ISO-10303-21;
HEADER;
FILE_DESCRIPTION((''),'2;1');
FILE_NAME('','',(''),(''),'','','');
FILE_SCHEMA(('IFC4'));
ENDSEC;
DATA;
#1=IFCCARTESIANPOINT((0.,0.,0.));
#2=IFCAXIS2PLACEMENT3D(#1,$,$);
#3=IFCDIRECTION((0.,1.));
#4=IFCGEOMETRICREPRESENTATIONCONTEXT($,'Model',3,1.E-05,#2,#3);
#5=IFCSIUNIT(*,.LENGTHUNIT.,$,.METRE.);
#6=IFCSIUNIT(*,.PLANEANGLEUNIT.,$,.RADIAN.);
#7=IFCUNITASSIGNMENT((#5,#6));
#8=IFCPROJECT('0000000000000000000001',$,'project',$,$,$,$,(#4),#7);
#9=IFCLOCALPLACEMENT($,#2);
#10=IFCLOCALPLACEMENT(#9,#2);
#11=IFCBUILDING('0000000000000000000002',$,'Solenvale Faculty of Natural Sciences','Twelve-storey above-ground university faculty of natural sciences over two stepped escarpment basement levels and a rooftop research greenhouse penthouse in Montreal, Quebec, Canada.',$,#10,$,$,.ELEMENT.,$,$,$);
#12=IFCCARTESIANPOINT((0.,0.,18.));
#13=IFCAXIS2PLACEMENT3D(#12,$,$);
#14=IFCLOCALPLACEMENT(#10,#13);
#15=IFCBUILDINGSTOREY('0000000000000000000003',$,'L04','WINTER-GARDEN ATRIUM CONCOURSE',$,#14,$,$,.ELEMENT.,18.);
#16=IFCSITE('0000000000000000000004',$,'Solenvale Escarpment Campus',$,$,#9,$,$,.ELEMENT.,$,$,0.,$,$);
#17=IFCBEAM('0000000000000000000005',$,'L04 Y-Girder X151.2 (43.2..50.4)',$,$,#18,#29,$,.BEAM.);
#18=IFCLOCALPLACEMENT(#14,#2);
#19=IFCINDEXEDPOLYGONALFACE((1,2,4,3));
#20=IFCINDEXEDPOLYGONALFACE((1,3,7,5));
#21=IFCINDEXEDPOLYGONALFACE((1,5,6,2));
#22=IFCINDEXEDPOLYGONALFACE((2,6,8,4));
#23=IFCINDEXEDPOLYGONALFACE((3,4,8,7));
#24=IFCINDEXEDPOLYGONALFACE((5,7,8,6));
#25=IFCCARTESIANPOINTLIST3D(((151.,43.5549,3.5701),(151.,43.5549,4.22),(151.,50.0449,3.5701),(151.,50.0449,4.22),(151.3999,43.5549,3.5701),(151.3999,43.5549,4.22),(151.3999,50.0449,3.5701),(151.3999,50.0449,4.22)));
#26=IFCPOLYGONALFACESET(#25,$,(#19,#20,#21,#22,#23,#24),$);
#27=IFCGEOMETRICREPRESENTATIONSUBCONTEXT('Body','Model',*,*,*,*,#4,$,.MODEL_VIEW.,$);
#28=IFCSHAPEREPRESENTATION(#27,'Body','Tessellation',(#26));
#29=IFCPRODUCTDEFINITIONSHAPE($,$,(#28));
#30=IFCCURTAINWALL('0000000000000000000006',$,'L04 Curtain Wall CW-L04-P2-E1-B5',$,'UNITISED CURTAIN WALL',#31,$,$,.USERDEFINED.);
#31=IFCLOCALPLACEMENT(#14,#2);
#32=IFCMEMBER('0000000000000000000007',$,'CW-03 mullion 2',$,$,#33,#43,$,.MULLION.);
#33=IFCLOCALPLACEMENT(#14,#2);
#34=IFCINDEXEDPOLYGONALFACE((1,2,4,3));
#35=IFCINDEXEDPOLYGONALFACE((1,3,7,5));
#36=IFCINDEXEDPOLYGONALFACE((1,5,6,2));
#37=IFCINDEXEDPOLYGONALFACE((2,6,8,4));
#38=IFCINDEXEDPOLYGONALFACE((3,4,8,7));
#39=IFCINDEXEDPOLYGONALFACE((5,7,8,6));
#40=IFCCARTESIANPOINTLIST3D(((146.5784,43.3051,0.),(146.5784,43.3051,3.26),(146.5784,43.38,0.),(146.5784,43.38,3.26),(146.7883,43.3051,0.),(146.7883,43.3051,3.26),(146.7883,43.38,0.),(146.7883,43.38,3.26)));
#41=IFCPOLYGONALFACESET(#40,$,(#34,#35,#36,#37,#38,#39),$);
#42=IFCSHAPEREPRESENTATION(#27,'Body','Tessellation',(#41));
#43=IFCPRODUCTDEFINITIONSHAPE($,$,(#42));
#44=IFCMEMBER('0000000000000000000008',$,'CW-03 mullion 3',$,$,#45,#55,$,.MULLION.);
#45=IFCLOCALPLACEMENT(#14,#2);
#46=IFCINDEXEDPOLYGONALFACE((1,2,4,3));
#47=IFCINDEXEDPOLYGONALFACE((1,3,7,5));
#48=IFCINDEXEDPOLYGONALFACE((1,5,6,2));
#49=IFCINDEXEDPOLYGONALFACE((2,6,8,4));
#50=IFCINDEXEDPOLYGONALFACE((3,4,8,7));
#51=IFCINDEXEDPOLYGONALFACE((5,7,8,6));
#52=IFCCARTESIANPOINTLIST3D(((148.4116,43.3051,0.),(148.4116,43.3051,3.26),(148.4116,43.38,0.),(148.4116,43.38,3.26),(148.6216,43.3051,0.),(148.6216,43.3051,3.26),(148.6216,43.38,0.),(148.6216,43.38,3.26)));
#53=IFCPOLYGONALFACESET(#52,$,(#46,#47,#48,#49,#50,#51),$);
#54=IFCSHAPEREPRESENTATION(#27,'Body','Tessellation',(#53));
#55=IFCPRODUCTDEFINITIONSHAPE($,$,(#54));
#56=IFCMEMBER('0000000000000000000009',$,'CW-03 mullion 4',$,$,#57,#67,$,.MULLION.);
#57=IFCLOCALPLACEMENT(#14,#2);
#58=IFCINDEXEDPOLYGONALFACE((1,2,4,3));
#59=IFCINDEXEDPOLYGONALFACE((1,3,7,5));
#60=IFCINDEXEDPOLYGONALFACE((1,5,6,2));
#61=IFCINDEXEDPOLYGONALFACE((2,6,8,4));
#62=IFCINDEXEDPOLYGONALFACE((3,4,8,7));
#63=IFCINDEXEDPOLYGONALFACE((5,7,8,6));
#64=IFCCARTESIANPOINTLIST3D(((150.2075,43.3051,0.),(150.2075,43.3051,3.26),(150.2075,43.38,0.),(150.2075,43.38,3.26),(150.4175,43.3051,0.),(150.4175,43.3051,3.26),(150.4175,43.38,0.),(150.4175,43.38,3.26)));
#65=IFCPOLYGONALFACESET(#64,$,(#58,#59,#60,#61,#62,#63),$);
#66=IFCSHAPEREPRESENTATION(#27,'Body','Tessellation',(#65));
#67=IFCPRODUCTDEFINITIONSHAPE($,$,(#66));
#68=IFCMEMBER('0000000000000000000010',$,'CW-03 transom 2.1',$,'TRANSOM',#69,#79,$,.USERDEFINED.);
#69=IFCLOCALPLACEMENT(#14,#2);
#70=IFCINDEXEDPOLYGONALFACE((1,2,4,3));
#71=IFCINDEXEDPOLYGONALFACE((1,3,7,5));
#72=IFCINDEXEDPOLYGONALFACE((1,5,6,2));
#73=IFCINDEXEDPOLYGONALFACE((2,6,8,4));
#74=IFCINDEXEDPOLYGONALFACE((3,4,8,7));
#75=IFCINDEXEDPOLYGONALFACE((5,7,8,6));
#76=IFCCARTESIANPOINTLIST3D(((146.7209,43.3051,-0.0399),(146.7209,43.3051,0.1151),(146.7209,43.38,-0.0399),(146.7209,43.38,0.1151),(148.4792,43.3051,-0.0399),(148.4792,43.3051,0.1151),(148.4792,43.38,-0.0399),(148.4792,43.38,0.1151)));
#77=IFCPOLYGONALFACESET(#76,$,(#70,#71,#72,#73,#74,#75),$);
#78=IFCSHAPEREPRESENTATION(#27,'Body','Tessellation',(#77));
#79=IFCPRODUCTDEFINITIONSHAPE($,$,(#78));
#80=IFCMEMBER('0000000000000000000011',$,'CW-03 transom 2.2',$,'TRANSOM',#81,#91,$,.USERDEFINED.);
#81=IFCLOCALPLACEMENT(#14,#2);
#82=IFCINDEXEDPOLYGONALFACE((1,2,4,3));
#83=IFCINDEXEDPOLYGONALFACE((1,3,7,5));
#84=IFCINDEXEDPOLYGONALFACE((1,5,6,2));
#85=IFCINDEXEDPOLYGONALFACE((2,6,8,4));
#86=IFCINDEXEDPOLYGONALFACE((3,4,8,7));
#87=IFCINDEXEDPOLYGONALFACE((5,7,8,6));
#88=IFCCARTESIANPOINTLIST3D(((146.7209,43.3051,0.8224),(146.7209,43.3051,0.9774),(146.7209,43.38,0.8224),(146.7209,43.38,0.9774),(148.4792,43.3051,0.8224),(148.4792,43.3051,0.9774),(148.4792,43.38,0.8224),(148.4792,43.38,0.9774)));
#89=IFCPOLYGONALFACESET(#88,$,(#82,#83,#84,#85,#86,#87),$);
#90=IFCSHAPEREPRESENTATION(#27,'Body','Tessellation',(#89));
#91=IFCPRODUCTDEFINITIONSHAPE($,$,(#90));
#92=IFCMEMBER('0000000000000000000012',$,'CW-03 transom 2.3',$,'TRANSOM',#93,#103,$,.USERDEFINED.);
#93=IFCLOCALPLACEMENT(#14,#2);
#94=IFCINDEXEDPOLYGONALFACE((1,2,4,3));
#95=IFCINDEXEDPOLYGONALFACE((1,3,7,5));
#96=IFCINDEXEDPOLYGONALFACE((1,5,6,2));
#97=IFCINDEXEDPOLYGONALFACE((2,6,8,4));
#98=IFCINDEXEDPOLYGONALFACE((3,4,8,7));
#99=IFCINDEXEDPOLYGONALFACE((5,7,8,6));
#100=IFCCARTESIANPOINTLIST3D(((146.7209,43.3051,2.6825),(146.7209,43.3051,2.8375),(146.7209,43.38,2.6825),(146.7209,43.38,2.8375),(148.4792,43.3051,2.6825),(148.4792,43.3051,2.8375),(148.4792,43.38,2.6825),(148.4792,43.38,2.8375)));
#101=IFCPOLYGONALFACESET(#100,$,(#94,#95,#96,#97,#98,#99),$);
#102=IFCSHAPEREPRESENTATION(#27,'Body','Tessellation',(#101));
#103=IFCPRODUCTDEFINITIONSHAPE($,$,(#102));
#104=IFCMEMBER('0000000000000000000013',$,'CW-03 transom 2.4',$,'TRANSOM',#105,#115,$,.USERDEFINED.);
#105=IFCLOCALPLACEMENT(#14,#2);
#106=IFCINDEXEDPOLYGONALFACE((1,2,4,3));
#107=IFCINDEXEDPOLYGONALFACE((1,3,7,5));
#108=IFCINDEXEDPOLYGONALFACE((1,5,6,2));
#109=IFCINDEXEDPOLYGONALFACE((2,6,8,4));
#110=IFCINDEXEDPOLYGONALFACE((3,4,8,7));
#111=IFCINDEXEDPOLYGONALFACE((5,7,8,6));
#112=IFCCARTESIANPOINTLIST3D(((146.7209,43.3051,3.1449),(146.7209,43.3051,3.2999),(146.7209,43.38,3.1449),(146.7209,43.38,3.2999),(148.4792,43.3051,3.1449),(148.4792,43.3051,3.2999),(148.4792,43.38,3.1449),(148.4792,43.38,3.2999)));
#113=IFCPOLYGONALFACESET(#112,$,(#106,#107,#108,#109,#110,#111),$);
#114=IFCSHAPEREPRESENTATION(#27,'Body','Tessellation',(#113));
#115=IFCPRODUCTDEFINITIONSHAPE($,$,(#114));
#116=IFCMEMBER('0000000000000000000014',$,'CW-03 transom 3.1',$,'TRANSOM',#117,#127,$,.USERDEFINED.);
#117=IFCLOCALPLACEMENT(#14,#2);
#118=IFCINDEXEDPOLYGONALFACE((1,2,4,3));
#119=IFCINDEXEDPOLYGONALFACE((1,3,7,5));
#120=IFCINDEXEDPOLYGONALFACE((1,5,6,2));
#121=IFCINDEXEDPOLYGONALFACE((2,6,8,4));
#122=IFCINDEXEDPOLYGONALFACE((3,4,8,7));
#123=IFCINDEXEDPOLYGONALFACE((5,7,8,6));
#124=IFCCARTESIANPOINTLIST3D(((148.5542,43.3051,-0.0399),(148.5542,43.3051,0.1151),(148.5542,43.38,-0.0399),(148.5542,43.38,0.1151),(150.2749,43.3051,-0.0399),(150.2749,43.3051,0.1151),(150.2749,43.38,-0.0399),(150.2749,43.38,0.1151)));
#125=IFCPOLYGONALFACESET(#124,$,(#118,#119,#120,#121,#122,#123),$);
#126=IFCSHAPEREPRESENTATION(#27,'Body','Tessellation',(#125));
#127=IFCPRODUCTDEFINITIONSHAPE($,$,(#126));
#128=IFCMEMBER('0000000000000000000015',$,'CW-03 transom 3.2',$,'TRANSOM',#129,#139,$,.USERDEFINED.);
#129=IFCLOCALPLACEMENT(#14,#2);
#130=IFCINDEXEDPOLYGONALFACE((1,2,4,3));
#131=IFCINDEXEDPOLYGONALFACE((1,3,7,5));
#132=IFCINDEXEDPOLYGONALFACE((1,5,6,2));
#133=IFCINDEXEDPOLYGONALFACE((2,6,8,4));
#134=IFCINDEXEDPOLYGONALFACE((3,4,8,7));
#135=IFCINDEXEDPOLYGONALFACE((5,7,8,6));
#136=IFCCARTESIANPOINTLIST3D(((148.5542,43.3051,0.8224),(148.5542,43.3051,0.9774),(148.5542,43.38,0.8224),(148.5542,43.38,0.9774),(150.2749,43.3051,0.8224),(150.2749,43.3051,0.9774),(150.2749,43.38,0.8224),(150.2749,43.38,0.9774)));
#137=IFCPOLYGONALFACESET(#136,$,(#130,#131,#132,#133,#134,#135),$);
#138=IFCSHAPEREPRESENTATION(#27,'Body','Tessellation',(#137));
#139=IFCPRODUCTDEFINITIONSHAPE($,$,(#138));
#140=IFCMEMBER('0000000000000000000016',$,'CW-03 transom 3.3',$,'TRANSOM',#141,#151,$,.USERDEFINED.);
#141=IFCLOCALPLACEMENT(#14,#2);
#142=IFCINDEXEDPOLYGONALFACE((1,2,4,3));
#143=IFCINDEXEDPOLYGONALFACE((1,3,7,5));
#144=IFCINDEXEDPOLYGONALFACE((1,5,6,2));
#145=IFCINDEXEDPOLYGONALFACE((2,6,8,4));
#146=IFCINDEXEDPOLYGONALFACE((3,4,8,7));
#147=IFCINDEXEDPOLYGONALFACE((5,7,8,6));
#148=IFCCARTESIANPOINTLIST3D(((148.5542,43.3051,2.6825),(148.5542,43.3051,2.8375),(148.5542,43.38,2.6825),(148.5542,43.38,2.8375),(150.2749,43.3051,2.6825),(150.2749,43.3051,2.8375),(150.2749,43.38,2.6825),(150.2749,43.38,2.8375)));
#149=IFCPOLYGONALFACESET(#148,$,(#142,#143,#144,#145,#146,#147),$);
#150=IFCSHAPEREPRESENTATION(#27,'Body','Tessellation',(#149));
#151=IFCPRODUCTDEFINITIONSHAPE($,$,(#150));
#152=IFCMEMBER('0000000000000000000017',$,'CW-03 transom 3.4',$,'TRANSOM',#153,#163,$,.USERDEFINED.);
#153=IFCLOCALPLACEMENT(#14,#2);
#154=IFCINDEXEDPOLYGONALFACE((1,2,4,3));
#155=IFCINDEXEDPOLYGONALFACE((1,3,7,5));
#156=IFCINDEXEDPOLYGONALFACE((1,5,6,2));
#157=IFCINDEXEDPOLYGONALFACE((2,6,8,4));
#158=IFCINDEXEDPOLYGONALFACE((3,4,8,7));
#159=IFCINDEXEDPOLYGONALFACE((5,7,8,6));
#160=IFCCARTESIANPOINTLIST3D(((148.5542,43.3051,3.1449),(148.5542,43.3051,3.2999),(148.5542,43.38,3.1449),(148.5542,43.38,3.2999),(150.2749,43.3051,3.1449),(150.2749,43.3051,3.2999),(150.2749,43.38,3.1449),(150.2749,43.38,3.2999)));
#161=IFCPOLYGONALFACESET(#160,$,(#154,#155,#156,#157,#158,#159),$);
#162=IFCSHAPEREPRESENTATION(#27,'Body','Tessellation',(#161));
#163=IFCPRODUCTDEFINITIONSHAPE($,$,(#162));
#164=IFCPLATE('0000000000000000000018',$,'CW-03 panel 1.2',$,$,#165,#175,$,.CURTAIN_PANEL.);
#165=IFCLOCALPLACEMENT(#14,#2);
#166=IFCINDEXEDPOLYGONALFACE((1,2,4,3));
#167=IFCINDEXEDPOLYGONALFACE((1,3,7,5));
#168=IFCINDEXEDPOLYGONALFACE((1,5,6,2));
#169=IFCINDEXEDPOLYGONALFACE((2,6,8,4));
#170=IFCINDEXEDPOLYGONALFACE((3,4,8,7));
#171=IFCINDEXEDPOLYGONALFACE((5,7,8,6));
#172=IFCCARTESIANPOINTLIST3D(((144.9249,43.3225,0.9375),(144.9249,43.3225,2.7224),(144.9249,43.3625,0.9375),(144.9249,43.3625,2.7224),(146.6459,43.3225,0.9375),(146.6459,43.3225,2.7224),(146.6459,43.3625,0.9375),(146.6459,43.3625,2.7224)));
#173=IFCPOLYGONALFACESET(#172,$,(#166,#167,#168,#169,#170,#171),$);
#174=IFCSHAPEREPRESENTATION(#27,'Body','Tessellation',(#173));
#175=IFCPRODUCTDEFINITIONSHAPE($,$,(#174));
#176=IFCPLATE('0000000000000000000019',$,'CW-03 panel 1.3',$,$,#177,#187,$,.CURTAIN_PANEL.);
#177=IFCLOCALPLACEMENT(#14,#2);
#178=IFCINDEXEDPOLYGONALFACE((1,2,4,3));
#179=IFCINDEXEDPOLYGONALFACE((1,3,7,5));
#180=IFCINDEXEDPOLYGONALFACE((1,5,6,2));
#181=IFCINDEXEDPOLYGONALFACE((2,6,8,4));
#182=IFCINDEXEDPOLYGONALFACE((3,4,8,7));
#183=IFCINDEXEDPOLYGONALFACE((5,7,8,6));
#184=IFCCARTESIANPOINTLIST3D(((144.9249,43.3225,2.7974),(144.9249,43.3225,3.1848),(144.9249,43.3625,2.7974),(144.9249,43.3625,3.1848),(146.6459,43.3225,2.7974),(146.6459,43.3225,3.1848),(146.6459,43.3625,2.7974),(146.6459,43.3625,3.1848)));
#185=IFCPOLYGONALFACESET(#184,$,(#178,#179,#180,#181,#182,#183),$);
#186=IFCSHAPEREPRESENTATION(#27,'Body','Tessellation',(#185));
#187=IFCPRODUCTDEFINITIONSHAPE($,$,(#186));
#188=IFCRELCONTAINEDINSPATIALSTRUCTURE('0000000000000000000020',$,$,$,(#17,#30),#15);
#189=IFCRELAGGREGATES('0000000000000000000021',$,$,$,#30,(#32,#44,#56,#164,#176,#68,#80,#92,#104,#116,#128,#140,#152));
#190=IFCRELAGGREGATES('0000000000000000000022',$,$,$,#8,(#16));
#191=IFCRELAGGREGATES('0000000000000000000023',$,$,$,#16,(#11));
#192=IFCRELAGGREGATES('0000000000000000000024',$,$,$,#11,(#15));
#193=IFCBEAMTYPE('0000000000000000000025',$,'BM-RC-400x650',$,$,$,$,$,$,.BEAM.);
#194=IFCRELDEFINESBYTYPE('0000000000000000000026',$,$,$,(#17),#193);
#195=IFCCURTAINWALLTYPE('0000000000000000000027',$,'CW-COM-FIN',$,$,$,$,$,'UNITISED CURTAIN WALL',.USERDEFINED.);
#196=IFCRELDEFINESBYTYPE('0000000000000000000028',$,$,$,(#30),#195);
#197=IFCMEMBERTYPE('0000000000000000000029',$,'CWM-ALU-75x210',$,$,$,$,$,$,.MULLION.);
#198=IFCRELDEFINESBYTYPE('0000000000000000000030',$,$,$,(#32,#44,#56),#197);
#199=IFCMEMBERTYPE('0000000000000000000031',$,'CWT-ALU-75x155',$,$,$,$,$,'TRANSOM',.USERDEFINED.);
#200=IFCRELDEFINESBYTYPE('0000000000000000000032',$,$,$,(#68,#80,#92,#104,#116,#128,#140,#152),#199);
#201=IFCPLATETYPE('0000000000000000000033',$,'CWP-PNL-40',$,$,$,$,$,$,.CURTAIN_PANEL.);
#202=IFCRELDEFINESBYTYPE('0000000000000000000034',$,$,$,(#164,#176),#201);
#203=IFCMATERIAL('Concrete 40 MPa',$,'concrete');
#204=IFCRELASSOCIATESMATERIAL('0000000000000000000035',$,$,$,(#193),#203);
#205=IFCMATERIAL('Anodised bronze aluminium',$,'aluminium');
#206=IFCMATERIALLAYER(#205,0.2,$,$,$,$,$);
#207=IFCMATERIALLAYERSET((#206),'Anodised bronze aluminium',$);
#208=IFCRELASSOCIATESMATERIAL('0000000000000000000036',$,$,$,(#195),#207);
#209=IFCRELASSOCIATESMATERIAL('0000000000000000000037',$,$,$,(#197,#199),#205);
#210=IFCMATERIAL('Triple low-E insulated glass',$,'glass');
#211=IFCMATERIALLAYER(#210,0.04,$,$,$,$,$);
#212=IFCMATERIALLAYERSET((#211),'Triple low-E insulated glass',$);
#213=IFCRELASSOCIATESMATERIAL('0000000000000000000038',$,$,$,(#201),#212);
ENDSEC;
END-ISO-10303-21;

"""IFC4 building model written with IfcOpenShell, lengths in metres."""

from ifc_helpers import new_model, si_unit, direction, frame, origin, origin_2d, place, context, subcontext, project, spatial, rectangle, extrude, material, layer, layer_set, material_profile, profile_set, type_object, element, aggregate, save


model = new_model("IFC4")

# Units and contexts
model_context = context("Model", 3, precision=1e-05, world=origin(), true_north=direction((0.0, 1.0)))
body_context = subcontext(model_context, "Body", "Model", "MODEL_VIEW")
ifc_project = project(units=[si_unit("LENGTHUNIT", "METRE"), si_unit("PLANEANGLEUNIT", "RADIAN")], contexts=[model_context])

# Site, building, storey
site_placement = place(None, origin())
site = spatial("IfcSite", under=ifc_project, at=site_placement, Name="Solenvale Escarpment Campus", CompositionType="ELEMENT", RefElevation=0.0)
building_placement = place(site_placement, origin())
building = spatial("IfcBuilding", under=site, at=building_placement, Name="Solenvale Faculty of Natural Sciences", Description="Twelve-storey above-ground university faculty of natural sciences over two stepped escarpment basement levels and a rooftop research greenhouse penthouse in Montreal, Quebec, Canada.", CompositionType="ELEMENT")
storey_placement = place(building_placement, frame((0.0, 0.0, 18.0)))
storey = spatial("IfcBuildingStorey", under=building, at=storey_placement, Name="L04", Description="WINTER-GARDEN ATRIUM CONCOURSE", CompositionType="ELEMENT", Elevation=18.0)

# Beam
ifc_material_1 = material(Name="Concrete 40 MPa", Category="concrete")
ifc_material_profile_1 = material_profile(ifc_material_1, rectangle(XDim=0.3999, YDim=0.6499, at=origin_2d()), Name="RC-BM-400x650")
ifc_profile_set_1 = profile_set([ifc_material_profile_1], Name="Concrete 40 MPa")
beam_type = type_object("IfcBeamType", Name="BM-RC-400x650", PredefinedType="BEAM", material=ifc_profile_set_1)
beam_placement = place(storey_placement, frame((151.2, 43.5549, 3.895), z_axis=(0.0, 1.0, 0.0), x_axis=(-1.0, 0.0, 0.0)))
element("IfcBeam", 1, at=beam_placement, inside=storey, type_object=beam_type, Name="L04 Y-Girder X151.2 (43.2..50.4)", PredefinedType="BEAM", context=body_context, shape_type="SweptSolid", body=[
    extrude(rectangle(XDim=0.3999, YDim=0.6499, at=origin_2d()), origin(), (0.0, 0.0, 1.0), 6.49),
])

# Curtain wall, members, plates
ifc_material_2 = material(Name="Anodised bronze aluminium", Category="aluminium")
ifc_layer_1 = layer(ifc_material_2, 0.2)
ifc_layer_set_1 = layer_set([ifc_layer_1], Name="Anodised bronze aluminium")
curtain_wall_type = type_object("IfcCurtainWallType", Name="CW-COM-FIN", ElementType="UNITISED CURTAIN WALL", PredefinedType="USERDEFINED", material=ifc_layer_set_1)
curtain_wall_placement = place(storey_placement, origin())
curtain_wall = element("IfcCurtainWall", 2, at=curtain_wall_placement, inside=storey, type_object=curtain_wall_type, Name="L04 Curtain Wall CW-L04-P2-E1-B5", ObjectType="UNITISED CURTAIN WALL", PredefinedType="USERDEFINED")
ifc_material_profile_2 = material_profile(ifc_material_2, rectangle(XDim=0.075, YDim=0.21, at=origin_2d()), Name="ALU-MUL-75x210")
ifc_profile_set_2 = profile_set([ifc_material_profile_2], Name="Anodised bronze aluminium")
member_type_1 = type_object("IfcMemberType", Name="CWM-ALU-75x210", PredefinedType="MULLION", material=ifc_profile_set_2)
member_1_placement = place(storey_placement, frame((146.6833, 43.3425, 0.0), z_axis=(0.0, 0.0, 1.0), x_axis=(0.0, 1.0, 0.0)))
member_1 = element("IfcMember", 3, at=member_1_placement, type_object=member_type_1, Name="CW-03 mullion 2", PredefinedType="MULLION", context=body_context, shape_type="SweptSolid", body=[
    extrude(rectangle(XDim=0.075, YDim=0.21, at=origin_2d()), origin(), (0.0, 0.0, 1.0), 3.26),
])
member_2_placement = place(storey_placement, frame((148.5166, 43.3425, 0.0), z_axis=(0.0, 0.0, 1.0), x_axis=(0.0, 1.0, 0.0)))
member_2 = element("IfcMember", 4, at=member_2_placement, type_object=member_type_1, Name="CW-03 mullion 3", PredefinedType="MULLION", context=body_context, shape_type="SweptSolid", body=[
    extrude(rectangle(XDim=0.075, YDim=0.21, at=origin_2d()), origin(), (0.0, 0.0, 1.0), 3.26),
])
member_3_placement = place(storey_placement, frame((150.3125, 43.3425, 0.0), z_axis=(0.0, 0.0, 1.0), x_axis=(0.0, 1.0, 0.0)))
member_3 = element("IfcMember", 5, at=member_3_placement, type_object=member_type_1, Name="CW-03 mullion 4", PredefinedType="MULLION", context=body_context, shape_type="SweptSolid", body=[
    extrude(rectangle(XDim=0.075, YDim=0.21, at=origin_2d()), origin(), (0.0, 0.0, 1.0), 3.26),
])
ifc_material_profile_3 = material_profile(ifc_material_2, rectangle(XDim=0.075, YDim=0.155, at=origin_2d()), Name="ALU-TRN-75x155")
ifc_profile_set_3 = profile_set([ifc_material_profile_3], Name="Anodised bronze aluminium")
member_type_2 = type_object("IfcMemberType", Name="CWT-ALU-75x155", ElementType="TRANSOM", PredefinedType="USERDEFINED", material=ifc_profile_set_3)
member_4_placement = place(storey_placement, frame((146.7209, 43.3425, 0.0376), z_axis=(1.0, 0.0, 0.0), x_axis=(0.0, 1.0, 0.0)))
member_4 = element("IfcMember", 6, at=member_4_placement, type_object=member_type_2, Name="CW-03 transom 2.1", ObjectType="TRANSOM", PredefinedType="USERDEFINED", context=body_context, shape_type="SweptSolid", body=[
    extrude(rectangle(XDim=0.075, YDim=0.155, at=origin_2d()), origin(), (0.0, 0.0, 1.0), 1.7583),
])
member_5_placement = place(storey_placement, frame((146.7209, 43.3425, 0.8999), z_axis=(1.0, 0.0, 0.0), x_axis=(0.0, 1.0, 0.0)))
member_5 = element("IfcMember", 7, at=member_5_placement, type_object=member_type_2, Name="CW-03 transom 2.2", ObjectType="TRANSOM", PredefinedType="USERDEFINED", context=body_context, shape_type="SweptSolid", body=[
    extrude(rectangle(XDim=0.075, YDim=0.155, at=origin_2d()), origin(), (0.0, 0.0, 1.0), 1.7583),
])
member_6_placement = place(storey_placement, frame((146.7209, 43.3425, 2.76), z_axis=(1.0, 0.0, 0.0), x_axis=(0.0, 1.0, 0.0)))
member_6 = element("IfcMember", 8, at=member_6_placement, type_object=member_type_2, Name="CW-03 transom 2.3", ObjectType="TRANSOM", PredefinedType="USERDEFINED", context=body_context, shape_type="SweptSolid", body=[
    extrude(rectangle(XDim=0.075, YDim=0.155, at=origin_2d()), origin(), (0.0, 0.0, 1.0), 1.7583),
])
member_7_placement = place(storey_placement, frame((146.7209, 43.3425, 3.2224), z_axis=(1.0, 0.0, 0.0), x_axis=(0.0, 1.0, 0.0)))
member_7 = element("IfcMember", 9, at=member_7_placement, type_object=member_type_2, Name="CW-03 transom 2.4", ObjectType="TRANSOM", PredefinedType="USERDEFINED", context=body_context, shape_type="SweptSolid", body=[
    extrude(rectangle(XDim=0.075, YDim=0.155, at=origin_2d()), origin(), (0.0, 0.0, 1.0), 1.7583),
])
member_8_placement = place(storey_placement, frame((148.5542, 43.3425, 0.0376), z_axis=(1.0, 0.0, 0.0), x_axis=(0.0, 1.0, 0.0)))
member_8 = element("IfcMember", 10, at=member_8_placement, type_object=member_type_2, Name="CW-03 transom 3.1", ObjectType="TRANSOM", PredefinedType="USERDEFINED", context=body_context, shape_type="SweptSolid", body=[
    extrude(rectangle(XDim=0.075, YDim=0.155, at=origin_2d()), origin(), (0.0, 0.0, 1.0), 1.7207),
])
member_9_placement = place(storey_placement, frame((148.5542, 43.3425, 0.8999), z_axis=(1.0, 0.0, 0.0), x_axis=(0.0, 1.0, 0.0)))
member_9 = element("IfcMember", 11, at=member_9_placement, type_object=member_type_2, Name="CW-03 transom 3.2", ObjectType="TRANSOM", PredefinedType="USERDEFINED", context=body_context, shape_type="SweptSolid", body=[
    extrude(rectangle(XDim=0.075, YDim=0.155, at=origin_2d()), origin(), (0.0, 0.0, 1.0), 1.7207),
])
member_10_placement = place(storey_placement, frame((148.5542, 43.3425, 2.76), z_axis=(1.0, 0.0, 0.0), x_axis=(0.0, 1.0, 0.0)))
member_10 = element("IfcMember", 12, at=member_10_placement, type_object=member_type_2, Name="CW-03 transom 3.3", ObjectType="TRANSOM", PredefinedType="USERDEFINED", context=body_context, shape_type="SweptSolid", body=[
    extrude(rectangle(XDim=0.075, YDim=0.155, at=origin_2d()), origin(), (0.0, 0.0, 1.0), 1.7207),
])
member_11_placement = place(storey_placement, frame((148.5542, 43.3425, 3.2224), z_axis=(1.0, 0.0, 0.0), x_axis=(0.0, 1.0, 0.0)))
member_11 = element("IfcMember", 13, at=member_11_placement, type_object=member_type_2, Name="CW-03 transom 3.4", ObjectType="TRANSOM", PredefinedType="USERDEFINED", context=body_context, shape_type="SweptSolid", body=[
    extrude(rectangle(XDim=0.075, YDim=0.155, at=origin_2d()), origin(), (0.0, 0.0, 1.0), 1.7207),
])
ifc_material_3 = material(Name="Triple low-E insulated glass", Category="glass")
ifc_layer_2 = layer(ifc_material_3, 0.04)
ifc_layer_set_2 = layer_set([ifc_layer_2], Name="Triple low-E insulated glass")
plate_type = type_object("IfcPlateType", Name="CWP-PNL-40", PredefinedType="CURTAIN_PANEL", material=ifc_layer_set_2)
plate_1_placement = place(storey_placement, frame((145.7854, 43.3425, 0.9375), z_axis=(0.0, 0.0, 1.0), x_axis=(1.0, 0.0, 0.0)))
plate_1 = element("IfcPlate", 14, at=plate_1_placement, type_object=plate_type, Name="CW-03 panel 1.2", PredefinedType="CURTAIN_PANEL", context=body_context, shape_type="SweptSolid", body=[
    extrude(rectangle(XDim=1.7209, YDim=0.04, at=origin_2d()), origin(), (0.0, 0.0, 1.0), 1.7849),
])
plate_2_placement = place(storey_placement, frame((145.7854, 43.3425, 2.7974), z_axis=(0.0, 0.0, 1.0), x_axis=(1.0, 0.0, 0.0)))
plate_2 = element("IfcPlate", 15, at=plate_2_placement, type_object=plate_type, Name="CW-03 panel 1.3", PredefinedType="CURTAIN_PANEL", context=body_context, shape_type="SweptSolid", body=[
    extrude(rectangle(XDim=1.7209, YDim=0.04, at=origin_2d()), origin(), (0.0, 0.0, 1.0), 0.3875),
])
aggregate(curtain_wall, [member_1, member_2, member_3, plate_1, plate_2, member_4, member_5, member_6, member_7, member_8, member_9, member_10, member_11])

save(model, "model.ifc")
